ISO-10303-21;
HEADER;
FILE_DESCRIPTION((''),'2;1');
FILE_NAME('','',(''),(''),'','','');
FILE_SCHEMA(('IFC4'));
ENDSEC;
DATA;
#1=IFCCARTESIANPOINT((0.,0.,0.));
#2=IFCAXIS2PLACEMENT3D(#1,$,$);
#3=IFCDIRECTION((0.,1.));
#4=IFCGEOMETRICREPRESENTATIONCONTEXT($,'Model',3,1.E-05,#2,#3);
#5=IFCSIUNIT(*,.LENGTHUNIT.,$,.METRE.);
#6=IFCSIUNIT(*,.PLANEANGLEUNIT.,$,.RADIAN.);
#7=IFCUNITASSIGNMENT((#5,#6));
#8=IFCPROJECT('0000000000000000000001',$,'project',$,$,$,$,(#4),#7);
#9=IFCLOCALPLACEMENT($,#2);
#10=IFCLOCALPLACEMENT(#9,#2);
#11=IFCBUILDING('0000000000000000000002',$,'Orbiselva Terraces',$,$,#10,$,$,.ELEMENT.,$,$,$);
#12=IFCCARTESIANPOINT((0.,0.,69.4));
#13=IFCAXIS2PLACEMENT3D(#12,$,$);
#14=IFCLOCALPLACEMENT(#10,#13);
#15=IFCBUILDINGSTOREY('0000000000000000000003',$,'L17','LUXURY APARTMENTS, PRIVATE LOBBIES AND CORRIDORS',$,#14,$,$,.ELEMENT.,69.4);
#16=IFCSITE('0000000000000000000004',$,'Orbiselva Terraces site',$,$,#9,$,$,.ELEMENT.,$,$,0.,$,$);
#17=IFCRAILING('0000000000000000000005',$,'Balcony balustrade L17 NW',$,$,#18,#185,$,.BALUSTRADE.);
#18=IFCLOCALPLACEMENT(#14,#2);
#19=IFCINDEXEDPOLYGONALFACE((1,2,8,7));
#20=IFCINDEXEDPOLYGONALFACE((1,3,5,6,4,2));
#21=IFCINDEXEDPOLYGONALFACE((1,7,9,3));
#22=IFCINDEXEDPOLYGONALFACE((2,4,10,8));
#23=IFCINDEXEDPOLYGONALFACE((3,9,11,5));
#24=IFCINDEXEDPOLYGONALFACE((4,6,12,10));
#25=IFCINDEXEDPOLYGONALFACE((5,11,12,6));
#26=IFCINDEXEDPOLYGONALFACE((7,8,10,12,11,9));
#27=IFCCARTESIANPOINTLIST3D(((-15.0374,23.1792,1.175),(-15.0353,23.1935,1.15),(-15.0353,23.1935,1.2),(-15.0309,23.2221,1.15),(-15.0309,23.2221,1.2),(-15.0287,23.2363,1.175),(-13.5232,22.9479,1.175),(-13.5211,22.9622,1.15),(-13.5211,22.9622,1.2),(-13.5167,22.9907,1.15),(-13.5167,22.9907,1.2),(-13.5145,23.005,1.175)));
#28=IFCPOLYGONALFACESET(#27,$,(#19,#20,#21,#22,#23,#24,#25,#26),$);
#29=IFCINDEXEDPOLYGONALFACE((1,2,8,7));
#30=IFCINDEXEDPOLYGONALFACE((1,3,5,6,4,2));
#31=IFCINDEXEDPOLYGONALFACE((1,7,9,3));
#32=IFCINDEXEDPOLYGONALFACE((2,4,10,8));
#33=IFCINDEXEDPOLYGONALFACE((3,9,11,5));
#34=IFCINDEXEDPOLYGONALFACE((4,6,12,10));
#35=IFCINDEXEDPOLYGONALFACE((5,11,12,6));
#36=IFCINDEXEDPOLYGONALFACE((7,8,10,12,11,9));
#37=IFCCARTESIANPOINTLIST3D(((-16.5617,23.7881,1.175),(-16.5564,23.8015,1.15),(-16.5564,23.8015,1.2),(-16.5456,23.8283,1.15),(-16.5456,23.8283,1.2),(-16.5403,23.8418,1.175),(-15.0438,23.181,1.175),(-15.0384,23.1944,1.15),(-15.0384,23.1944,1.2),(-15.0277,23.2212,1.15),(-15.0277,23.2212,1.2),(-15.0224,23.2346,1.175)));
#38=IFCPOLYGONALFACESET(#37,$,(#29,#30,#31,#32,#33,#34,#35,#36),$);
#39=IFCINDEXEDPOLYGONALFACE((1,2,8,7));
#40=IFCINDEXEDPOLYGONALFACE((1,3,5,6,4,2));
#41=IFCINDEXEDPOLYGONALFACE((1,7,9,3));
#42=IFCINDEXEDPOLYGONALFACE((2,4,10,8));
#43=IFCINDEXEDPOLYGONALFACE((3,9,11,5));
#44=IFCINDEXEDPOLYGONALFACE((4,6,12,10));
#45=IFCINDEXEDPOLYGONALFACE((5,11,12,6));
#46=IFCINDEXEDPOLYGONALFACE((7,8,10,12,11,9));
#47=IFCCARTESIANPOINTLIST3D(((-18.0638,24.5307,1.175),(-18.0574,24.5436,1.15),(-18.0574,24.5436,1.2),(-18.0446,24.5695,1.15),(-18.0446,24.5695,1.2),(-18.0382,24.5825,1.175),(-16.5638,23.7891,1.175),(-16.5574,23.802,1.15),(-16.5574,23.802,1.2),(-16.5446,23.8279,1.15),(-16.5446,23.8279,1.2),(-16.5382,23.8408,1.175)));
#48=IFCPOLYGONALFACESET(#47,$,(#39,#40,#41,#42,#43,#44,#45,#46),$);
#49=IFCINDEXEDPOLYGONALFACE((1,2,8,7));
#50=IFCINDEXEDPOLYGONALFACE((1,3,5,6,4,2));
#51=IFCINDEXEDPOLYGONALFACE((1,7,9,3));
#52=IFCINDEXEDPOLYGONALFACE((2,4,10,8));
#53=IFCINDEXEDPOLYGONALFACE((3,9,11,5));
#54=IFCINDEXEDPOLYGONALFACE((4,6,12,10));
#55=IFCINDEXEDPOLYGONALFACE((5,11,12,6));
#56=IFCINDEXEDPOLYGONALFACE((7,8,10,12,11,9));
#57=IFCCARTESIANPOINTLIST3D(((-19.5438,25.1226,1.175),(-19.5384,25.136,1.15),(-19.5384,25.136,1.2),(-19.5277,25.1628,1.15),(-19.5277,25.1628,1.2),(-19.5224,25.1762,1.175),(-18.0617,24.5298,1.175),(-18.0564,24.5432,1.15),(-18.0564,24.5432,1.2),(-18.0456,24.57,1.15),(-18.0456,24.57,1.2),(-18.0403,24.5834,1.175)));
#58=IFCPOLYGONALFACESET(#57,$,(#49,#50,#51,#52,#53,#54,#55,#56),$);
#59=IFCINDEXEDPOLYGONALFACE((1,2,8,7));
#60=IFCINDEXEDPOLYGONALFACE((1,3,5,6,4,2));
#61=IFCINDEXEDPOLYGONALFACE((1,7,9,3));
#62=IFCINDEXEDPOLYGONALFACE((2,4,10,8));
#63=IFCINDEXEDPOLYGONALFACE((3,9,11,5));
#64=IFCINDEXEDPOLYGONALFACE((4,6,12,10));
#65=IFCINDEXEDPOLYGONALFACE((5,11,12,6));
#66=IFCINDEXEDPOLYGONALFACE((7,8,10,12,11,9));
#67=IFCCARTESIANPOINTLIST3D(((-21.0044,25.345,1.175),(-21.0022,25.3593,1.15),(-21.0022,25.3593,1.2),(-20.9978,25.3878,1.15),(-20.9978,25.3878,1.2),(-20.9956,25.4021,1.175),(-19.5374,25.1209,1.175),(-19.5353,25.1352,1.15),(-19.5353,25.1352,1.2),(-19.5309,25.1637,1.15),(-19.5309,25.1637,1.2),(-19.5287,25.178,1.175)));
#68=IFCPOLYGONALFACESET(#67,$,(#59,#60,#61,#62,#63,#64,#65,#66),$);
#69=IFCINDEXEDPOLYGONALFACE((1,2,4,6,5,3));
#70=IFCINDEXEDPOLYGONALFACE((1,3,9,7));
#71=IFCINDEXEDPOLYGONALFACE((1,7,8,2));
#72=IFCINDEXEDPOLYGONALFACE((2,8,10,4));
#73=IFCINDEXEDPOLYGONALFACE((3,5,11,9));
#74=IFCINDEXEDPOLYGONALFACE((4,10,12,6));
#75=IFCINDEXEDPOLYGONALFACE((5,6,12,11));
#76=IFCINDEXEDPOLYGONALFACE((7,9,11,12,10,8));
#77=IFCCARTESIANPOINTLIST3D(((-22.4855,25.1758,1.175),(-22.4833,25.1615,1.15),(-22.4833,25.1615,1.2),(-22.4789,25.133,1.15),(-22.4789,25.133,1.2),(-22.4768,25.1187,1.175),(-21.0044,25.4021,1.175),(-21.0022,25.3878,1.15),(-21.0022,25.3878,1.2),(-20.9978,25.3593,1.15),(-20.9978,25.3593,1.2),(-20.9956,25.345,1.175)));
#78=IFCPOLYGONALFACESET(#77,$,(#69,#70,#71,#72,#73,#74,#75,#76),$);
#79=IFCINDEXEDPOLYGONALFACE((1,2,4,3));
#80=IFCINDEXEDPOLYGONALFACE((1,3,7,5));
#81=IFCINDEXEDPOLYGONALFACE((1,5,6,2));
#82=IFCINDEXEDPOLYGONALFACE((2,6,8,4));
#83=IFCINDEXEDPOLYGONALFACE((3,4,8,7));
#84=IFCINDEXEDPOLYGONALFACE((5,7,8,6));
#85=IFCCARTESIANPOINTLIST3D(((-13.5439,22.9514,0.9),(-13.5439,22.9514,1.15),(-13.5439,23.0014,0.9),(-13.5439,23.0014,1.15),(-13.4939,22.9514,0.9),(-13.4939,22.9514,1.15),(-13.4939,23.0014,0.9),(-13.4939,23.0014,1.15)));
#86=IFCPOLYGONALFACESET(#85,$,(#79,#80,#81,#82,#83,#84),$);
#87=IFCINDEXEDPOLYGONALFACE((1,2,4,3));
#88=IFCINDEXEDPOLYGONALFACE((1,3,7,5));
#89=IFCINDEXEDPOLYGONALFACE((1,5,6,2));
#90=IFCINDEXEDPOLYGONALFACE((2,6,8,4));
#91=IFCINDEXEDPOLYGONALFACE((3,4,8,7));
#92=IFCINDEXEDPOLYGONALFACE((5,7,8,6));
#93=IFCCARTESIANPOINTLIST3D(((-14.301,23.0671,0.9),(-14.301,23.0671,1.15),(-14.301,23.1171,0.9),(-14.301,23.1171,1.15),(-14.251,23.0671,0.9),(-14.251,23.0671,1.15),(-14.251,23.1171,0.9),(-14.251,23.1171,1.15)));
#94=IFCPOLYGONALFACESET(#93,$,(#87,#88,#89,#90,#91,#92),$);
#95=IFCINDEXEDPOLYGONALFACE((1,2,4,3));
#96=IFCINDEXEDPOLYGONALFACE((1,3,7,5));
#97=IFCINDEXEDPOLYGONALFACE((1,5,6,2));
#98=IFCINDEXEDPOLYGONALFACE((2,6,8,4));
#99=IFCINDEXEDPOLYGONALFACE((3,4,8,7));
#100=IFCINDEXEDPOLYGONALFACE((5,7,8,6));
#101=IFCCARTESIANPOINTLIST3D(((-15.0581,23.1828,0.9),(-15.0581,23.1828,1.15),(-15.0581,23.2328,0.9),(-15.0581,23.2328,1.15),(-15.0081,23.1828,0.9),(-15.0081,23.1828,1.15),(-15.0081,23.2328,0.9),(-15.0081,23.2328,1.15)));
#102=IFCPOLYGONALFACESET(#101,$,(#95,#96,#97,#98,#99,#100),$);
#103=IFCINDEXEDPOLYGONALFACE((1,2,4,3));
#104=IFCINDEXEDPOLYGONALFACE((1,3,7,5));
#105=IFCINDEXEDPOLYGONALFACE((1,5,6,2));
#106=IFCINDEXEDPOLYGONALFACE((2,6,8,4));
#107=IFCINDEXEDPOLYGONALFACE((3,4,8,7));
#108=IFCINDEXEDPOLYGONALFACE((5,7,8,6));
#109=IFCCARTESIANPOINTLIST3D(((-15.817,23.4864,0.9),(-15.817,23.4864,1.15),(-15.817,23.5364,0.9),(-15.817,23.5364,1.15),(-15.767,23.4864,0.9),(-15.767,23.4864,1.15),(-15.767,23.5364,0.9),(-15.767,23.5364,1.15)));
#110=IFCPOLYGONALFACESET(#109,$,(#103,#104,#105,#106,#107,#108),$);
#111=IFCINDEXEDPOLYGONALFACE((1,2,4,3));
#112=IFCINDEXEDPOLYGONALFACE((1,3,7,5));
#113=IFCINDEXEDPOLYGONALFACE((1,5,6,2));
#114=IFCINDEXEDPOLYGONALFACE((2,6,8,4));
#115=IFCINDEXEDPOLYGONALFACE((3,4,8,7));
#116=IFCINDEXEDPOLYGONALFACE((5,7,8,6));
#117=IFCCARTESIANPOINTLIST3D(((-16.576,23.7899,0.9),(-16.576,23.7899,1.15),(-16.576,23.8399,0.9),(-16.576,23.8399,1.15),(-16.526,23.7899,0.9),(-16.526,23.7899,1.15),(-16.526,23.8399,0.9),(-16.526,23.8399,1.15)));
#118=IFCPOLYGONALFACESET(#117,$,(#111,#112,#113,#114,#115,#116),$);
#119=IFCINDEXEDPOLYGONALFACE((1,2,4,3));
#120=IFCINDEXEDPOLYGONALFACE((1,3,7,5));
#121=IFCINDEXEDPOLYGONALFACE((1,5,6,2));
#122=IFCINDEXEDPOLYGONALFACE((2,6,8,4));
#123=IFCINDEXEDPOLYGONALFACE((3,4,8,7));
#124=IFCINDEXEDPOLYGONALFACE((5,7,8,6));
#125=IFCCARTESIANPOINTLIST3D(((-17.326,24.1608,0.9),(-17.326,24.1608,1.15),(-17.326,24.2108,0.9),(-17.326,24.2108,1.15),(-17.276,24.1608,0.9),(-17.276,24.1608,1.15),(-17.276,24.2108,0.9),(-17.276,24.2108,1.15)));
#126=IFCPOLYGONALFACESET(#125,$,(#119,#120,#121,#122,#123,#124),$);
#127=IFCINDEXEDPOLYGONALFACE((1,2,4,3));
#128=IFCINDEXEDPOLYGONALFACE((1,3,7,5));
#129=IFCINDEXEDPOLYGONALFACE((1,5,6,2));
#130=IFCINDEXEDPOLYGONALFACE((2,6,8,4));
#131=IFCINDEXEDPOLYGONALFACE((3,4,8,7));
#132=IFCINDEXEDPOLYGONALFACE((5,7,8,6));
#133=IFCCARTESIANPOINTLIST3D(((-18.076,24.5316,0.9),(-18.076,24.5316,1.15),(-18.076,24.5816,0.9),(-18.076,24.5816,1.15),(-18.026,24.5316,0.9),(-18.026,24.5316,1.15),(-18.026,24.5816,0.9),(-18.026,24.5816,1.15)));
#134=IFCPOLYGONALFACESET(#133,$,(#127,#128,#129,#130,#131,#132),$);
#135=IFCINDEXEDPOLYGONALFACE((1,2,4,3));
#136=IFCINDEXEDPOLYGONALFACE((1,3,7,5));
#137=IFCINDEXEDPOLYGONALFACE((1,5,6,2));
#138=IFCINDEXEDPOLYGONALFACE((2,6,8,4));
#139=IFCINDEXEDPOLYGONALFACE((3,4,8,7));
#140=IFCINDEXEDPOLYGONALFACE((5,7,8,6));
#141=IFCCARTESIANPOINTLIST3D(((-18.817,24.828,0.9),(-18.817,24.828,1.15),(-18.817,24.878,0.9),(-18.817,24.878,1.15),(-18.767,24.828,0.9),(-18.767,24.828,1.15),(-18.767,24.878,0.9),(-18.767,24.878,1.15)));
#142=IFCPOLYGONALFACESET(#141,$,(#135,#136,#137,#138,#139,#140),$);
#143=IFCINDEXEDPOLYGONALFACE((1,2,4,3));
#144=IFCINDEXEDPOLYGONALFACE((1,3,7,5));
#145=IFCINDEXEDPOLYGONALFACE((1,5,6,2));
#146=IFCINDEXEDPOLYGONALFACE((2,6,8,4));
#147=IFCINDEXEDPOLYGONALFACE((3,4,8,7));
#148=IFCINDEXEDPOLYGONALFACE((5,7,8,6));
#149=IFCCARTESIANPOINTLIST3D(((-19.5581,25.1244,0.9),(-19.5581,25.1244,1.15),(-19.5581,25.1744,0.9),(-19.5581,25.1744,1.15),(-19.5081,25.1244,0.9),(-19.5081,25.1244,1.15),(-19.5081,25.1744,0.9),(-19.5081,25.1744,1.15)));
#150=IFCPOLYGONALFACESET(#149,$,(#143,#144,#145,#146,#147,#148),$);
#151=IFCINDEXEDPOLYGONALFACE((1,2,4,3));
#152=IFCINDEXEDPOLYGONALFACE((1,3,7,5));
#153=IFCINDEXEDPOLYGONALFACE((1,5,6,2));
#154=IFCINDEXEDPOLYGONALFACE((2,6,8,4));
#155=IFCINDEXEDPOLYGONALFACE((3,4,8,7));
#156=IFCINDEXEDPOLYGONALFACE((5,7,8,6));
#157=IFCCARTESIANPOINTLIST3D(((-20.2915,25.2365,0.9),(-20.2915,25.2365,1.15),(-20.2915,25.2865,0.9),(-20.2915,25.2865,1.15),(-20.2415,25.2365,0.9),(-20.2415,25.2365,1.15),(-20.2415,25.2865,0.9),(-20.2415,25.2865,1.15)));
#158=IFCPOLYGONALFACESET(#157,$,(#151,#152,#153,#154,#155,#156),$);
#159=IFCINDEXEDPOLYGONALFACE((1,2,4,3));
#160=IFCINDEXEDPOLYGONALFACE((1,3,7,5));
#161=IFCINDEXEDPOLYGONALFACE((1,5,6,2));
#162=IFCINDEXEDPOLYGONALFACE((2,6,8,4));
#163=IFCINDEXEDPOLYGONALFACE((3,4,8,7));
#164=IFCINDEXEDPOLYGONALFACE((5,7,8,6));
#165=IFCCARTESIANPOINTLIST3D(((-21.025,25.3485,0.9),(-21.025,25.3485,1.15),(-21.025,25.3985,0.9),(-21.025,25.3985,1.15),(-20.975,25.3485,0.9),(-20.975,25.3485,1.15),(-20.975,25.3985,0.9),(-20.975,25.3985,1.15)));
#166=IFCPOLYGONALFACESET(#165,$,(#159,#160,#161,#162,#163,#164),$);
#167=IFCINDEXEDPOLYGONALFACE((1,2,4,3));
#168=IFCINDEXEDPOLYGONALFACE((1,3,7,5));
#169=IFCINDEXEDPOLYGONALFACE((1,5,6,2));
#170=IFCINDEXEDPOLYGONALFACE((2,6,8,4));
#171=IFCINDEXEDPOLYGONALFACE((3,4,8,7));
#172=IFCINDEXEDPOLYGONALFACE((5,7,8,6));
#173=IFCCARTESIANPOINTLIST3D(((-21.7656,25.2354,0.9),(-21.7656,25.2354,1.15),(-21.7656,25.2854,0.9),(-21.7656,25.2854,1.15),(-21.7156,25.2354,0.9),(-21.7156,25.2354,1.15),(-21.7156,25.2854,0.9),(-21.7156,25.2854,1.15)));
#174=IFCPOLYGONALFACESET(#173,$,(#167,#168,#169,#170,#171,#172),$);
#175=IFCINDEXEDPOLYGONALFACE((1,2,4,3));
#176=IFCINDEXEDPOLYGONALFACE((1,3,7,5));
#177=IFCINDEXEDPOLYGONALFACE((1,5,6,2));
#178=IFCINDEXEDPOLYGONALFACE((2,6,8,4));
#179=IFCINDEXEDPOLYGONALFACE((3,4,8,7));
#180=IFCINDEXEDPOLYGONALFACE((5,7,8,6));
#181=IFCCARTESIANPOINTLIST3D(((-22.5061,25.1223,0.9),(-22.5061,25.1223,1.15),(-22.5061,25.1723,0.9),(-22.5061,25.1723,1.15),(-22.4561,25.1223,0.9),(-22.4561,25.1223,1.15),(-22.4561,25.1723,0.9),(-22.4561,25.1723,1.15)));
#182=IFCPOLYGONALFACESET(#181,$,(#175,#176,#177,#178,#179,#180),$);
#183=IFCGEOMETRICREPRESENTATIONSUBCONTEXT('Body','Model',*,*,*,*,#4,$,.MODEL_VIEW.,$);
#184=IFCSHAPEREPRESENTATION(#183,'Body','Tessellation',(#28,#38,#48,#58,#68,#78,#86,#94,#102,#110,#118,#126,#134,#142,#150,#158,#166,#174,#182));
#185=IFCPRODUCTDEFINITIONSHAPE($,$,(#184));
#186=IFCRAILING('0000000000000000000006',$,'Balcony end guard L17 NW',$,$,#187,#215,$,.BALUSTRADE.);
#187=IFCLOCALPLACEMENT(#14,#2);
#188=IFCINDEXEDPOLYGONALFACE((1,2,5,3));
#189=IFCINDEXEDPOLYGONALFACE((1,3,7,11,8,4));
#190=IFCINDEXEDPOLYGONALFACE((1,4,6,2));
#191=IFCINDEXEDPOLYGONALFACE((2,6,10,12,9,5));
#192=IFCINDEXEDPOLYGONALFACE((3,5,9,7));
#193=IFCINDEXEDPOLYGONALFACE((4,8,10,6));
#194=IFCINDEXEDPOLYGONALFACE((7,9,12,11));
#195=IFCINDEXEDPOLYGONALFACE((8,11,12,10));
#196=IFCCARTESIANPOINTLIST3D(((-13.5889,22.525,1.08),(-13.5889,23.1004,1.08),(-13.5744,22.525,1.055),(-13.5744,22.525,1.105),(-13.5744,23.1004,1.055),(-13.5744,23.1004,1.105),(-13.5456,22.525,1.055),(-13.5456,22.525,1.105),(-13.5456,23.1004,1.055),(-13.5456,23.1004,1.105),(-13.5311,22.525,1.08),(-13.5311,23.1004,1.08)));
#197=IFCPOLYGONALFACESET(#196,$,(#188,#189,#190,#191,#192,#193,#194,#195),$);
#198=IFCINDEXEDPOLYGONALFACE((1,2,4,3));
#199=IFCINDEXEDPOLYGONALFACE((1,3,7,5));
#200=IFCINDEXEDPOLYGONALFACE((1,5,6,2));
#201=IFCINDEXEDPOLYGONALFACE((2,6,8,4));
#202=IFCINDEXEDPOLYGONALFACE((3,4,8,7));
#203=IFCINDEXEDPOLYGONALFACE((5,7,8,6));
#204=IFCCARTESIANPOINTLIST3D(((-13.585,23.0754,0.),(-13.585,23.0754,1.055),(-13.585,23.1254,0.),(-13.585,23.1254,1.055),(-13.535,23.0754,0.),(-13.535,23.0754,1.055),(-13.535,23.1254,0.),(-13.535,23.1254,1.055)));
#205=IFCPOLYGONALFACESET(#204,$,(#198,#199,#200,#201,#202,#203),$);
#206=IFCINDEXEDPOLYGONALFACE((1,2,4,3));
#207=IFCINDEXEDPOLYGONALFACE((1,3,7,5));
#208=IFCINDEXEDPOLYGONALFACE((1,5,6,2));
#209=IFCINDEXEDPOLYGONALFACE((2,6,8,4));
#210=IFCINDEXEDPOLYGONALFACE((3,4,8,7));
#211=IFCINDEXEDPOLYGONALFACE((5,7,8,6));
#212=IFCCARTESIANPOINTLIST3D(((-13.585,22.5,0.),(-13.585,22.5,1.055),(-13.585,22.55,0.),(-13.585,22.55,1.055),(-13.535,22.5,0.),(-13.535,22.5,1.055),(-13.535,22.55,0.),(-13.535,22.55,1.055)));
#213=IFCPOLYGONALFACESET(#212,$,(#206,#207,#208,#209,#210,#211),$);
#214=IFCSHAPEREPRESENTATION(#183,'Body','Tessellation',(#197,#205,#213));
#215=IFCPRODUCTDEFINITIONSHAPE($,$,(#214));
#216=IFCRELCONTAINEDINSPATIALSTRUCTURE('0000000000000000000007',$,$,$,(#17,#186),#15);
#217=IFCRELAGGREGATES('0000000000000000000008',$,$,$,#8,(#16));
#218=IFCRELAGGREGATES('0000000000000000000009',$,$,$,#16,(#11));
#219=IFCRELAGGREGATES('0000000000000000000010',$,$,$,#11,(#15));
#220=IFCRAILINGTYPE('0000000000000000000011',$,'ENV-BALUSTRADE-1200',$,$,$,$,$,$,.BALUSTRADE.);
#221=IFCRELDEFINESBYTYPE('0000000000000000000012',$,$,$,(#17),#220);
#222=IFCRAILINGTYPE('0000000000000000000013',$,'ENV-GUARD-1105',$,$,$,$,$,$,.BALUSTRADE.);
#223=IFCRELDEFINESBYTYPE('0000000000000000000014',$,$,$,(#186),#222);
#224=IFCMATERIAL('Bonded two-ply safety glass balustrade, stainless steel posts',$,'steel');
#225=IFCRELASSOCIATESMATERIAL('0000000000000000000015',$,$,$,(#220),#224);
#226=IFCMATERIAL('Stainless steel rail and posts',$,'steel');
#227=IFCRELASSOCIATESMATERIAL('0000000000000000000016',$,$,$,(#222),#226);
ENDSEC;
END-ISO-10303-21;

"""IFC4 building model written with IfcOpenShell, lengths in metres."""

from ifc_helpers import new_model, si_unit, direction, frame, origin, origin_2d, place, context, subcontext, project, spatial, polyline, rectangle, outline, extrude, material, type_object, element, save


model = new_model("IFC4")

# Units and contexts
model_context = context("Model", 3, precision=1e-05, world=origin(), true_north=direction((0.0, 1.0)))
body_context = subcontext(model_context, "Body", "Model", "MODEL_VIEW")
ifc_project = project(units=[si_unit("LENGTHUNIT", "METRE"), si_unit("PLANEANGLEUNIT", "RADIAN")], contexts=[model_context])

# Site, building, storey
site_placement = place(None, origin())
site = spatial("IfcSite", under=ifc_project, at=site_placement, Name="Orbiselva Terraces site", CompositionType="ELEMENT", RefElevation=0.0)
building_placement = place(site_placement, origin())
building = spatial("IfcBuilding", under=site, at=building_placement, Name="Orbiselva Terraces", CompositionType="ELEMENT")
storey_placement = place(building_placement, frame((0.0, 0.0, 69.4)))
storey = spatial("IfcBuildingStorey", under=building, at=storey_placement, Name="L17", Description="LUXURY APARTMENTS, PRIVATE LOBBIES AND CORRIDORS", CompositionType="ELEMENT", Elevation=69.4)

# Railings
ifc_material_1 = material(Name="Bonded two-ply safety glass balustrade, stainless steel posts", Category="steel")
railing_type_1 = type_object("IfcRailingType", Name="ENV-BALUSTRADE-1200", PredefinedType="BALUSTRADE", material=ifc_material_1)
railing_1_placement = place(storey_placement, frame((-13.5189, 22.9764, 0.9)))
element("IfcRailing", 1, at=railing_1_placement, inside=storey, type_object=railing_type_1, Name="Balcony balustrade L17 NW", PredefinedType="BALUSTRADE", context=body_context, shape_type="SweptSolid", body=[
    extrude(outline(polyline([(0.0289, 0.0), (0.0144, 0.025), (-0.0144, 0.025), (-0.0289, 0.0), (-0.0144, -0.025), (0.0144, -0.025), (0.0289, 0.0)])), frame((0.0, 0.0, 0.275), z_axis=(-0.988529, 0.151034, 0.0), x_axis=(-0.151034, -0.988529, 0.0)), (0.0, 0.0, 1.0), 1.5318),
    extrude(outline(polyline([(0.0289, 0.0), (0.0144, 0.025), (-0.0144, 0.025), (-0.0289, 0.0), (-0.0144, -0.025), (0.0144, -0.025), (0.0289, 0.0)])), frame((-1.5142, 0.2314, 0.275), z_axis=(-0.928477, 0.37139, 0.0), x_axis=(-0.37139, -0.928477, 0.0)), (0.0, 0.0, 1.0), 1.6348),
    extrude(outline(polyline([(0.0289, 0.0), (0.0144, 0.025), (-0.0144, 0.025), (-0.0289, 0.0), (-0.0144, -0.025), (0.0144, -0.025), (0.0289, 0.0)])), frame((-3.0321, 0.8385, 0.275), z_axis=(-0.896417, 0.443212, 0.0), x_axis=(-0.443212, -0.896417, 0.0)), (0.0, 0.0, 1.0), 1.6733),
    extrude(outline(polyline([(0.0289, 0.0), (0.0144, 0.025), (-0.0144, 0.025), (-0.0289, 0.0), (-0.0144, -0.025), (0.0144, -0.025), (0.0289, 0.0)])), frame((-4.5321, 1.5802, 0.275), z_axis=(-0.928477, 0.371391, 0.0), x_axis=(-0.371391, -0.928477, 0.0)), (0.0, 0.0, 1.0), 1.5963),
    extrude(outline(polyline([(0.0289, 0.0), (0.0144, 0.025), (-0.0144, 0.025), (-0.0289, 0.0), (-0.0144, -0.025), (0.0144, -0.025), (0.0289, 0.0)])), frame((-6.0142, 2.173, 0.275), z_axis=(-0.988529, 0.151034, 0.0), x_axis=(-0.151034, -0.988529, 0.0)), (0.0, 0.0, 1.0), 1.4839),
    extrude(outline(polyline([(0.0289, 0.0), (0.0144, 0.025), (-0.0144, 0.025), (-0.0289, 0.0), (-0.0144, -0.025), (0.0144, -0.025), (0.0289, 0.0)])), frame((-7.4811, 2.3971, 0.275), z_axis=(-0.988529, -0.151034, 0.0), x_axis=(0.151034, -0.988529, 0.0)), (0.0, 0.0, 1.0), 1.4983),
    extrude(rectangle(XDim=0.05, YDim=0.05, at=origin_2d()), origin(), (0.0, 0.0, 1.0), 0.25),
    extrude(rectangle(XDim=0.05, YDim=0.05, at=origin_2d()), frame((-0.7571, 0.1157, 0.0)), (0.0, 0.0, 1.0), 0.25),
    extrude(rectangle(XDim=0.05, YDim=0.05, at=origin_2d()), frame((-1.5142, 0.2314, 0.0)), (0.0, 0.0, 1.0), 0.25),
    extrude(rectangle(XDim=0.05, YDim=0.05, at=origin_2d()), frame((-2.2732, 0.5349, 0.0)), (0.0, 0.0, 1.0), 0.25),
    extrude(rectangle(XDim=0.05, YDim=0.05, at=origin_2d()), frame((-3.0321, 0.8385, 0.0)), (0.0, 0.0, 1.0), 0.25),
    extrude(rectangle(XDim=0.05, YDim=0.05, at=origin_2d()), frame((-3.7821, 1.2093, 0.0)), (0.0, 0.0, 1.0), 0.25),
    extrude(rectangle(XDim=0.05, YDim=0.05, at=origin_2d()), frame((-4.5321, 1.5802, 0.0)), (0.0, 0.0, 1.0), 0.25),
    extrude(rectangle(XDim=0.05, YDim=0.05, at=origin_2d()), frame((-5.2732, 1.8766, 0.0)), (0.0, 0.0, 1.0), 0.25),
    extrude(rectangle(XDim=0.05, YDim=0.05, at=origin_2d()), frame((-6.0142, 2.173, 0.0)), (0.0, 0.0, 1.0), 0.25),
    extrude(rectangle(XDim=0.05, YDim=0.05, at=origin_2d()), frame((-6.7477, 2.2851, 0.0)), (0.0, 0.0, 1.0), 0.25),
    extrude(rectangle(XDim=0.05, YDim=0.05, at=origin_2d()), frame((-7.4811, 2.3971, 0.0)), (0.0, 0.0, 1.0), 0.25),
    extrude(rectangle(XDim=0.05, YDim=0.05, at=origin_2d()), frame((-8.2217, 2.284, 0.0)), (0.0, 0.0, 1.0), 0.25),
    extrude(rectangle(XDim=0.05, YDim=0.05, at=origin_2d()), frame((-8.9622, 2.1708, 0.0)), (0.0, 0.0, 1.0), 0.25),
])
ifc_material_2 = material(Name="Stainless steel rail and posts", Category="steel")
railing_type_2 = type_object("IfcRailingType", Name="ENV-GUARD-1105", PredefinedType="BALUSTRADE", material=ifc_material_2)
railing_2_placement = place(storey_placement, frame((-13.56, 23.1004, 0.0)))
element("IfcRailing", 2, at=railing_2_placement, inside=storey, type_object=railing_type_2, Name="Balcony end guard L17 NW", PredefinedType="BALUSTRADE", context=body_context, shape_type="SweptSolid", body=[
    extrude(outline(polyline([(0.0289, 0.0), (0.0144, 0.025), (-0.0144, 0.025), (-0.0289, 0.0), (-0.0144, -0.025), (0.0144, -0.025), (0.0289, 0.0)])), frame((0.0, 0.0, 1.08), z_axis=(0.0, -1.0, 0.0), x_axis=(1.0, 0.0, 0.0)), (0.0, 0.0, 1.0), 0.5754),
    extrude(rectangle(XDim=0.05, YDim=0.05, at=origin_2d()), origin(), (0.0, 0.0, 1.0), 1.055),
    extrude(rectangle(XDim=0.05, YDim=0.05, at=origin_2d()), frame((0.0, -0.5754, 0.0)), (0.0, 0.0, 1.0), 1.055),
])

save(model, "model.ifc")
